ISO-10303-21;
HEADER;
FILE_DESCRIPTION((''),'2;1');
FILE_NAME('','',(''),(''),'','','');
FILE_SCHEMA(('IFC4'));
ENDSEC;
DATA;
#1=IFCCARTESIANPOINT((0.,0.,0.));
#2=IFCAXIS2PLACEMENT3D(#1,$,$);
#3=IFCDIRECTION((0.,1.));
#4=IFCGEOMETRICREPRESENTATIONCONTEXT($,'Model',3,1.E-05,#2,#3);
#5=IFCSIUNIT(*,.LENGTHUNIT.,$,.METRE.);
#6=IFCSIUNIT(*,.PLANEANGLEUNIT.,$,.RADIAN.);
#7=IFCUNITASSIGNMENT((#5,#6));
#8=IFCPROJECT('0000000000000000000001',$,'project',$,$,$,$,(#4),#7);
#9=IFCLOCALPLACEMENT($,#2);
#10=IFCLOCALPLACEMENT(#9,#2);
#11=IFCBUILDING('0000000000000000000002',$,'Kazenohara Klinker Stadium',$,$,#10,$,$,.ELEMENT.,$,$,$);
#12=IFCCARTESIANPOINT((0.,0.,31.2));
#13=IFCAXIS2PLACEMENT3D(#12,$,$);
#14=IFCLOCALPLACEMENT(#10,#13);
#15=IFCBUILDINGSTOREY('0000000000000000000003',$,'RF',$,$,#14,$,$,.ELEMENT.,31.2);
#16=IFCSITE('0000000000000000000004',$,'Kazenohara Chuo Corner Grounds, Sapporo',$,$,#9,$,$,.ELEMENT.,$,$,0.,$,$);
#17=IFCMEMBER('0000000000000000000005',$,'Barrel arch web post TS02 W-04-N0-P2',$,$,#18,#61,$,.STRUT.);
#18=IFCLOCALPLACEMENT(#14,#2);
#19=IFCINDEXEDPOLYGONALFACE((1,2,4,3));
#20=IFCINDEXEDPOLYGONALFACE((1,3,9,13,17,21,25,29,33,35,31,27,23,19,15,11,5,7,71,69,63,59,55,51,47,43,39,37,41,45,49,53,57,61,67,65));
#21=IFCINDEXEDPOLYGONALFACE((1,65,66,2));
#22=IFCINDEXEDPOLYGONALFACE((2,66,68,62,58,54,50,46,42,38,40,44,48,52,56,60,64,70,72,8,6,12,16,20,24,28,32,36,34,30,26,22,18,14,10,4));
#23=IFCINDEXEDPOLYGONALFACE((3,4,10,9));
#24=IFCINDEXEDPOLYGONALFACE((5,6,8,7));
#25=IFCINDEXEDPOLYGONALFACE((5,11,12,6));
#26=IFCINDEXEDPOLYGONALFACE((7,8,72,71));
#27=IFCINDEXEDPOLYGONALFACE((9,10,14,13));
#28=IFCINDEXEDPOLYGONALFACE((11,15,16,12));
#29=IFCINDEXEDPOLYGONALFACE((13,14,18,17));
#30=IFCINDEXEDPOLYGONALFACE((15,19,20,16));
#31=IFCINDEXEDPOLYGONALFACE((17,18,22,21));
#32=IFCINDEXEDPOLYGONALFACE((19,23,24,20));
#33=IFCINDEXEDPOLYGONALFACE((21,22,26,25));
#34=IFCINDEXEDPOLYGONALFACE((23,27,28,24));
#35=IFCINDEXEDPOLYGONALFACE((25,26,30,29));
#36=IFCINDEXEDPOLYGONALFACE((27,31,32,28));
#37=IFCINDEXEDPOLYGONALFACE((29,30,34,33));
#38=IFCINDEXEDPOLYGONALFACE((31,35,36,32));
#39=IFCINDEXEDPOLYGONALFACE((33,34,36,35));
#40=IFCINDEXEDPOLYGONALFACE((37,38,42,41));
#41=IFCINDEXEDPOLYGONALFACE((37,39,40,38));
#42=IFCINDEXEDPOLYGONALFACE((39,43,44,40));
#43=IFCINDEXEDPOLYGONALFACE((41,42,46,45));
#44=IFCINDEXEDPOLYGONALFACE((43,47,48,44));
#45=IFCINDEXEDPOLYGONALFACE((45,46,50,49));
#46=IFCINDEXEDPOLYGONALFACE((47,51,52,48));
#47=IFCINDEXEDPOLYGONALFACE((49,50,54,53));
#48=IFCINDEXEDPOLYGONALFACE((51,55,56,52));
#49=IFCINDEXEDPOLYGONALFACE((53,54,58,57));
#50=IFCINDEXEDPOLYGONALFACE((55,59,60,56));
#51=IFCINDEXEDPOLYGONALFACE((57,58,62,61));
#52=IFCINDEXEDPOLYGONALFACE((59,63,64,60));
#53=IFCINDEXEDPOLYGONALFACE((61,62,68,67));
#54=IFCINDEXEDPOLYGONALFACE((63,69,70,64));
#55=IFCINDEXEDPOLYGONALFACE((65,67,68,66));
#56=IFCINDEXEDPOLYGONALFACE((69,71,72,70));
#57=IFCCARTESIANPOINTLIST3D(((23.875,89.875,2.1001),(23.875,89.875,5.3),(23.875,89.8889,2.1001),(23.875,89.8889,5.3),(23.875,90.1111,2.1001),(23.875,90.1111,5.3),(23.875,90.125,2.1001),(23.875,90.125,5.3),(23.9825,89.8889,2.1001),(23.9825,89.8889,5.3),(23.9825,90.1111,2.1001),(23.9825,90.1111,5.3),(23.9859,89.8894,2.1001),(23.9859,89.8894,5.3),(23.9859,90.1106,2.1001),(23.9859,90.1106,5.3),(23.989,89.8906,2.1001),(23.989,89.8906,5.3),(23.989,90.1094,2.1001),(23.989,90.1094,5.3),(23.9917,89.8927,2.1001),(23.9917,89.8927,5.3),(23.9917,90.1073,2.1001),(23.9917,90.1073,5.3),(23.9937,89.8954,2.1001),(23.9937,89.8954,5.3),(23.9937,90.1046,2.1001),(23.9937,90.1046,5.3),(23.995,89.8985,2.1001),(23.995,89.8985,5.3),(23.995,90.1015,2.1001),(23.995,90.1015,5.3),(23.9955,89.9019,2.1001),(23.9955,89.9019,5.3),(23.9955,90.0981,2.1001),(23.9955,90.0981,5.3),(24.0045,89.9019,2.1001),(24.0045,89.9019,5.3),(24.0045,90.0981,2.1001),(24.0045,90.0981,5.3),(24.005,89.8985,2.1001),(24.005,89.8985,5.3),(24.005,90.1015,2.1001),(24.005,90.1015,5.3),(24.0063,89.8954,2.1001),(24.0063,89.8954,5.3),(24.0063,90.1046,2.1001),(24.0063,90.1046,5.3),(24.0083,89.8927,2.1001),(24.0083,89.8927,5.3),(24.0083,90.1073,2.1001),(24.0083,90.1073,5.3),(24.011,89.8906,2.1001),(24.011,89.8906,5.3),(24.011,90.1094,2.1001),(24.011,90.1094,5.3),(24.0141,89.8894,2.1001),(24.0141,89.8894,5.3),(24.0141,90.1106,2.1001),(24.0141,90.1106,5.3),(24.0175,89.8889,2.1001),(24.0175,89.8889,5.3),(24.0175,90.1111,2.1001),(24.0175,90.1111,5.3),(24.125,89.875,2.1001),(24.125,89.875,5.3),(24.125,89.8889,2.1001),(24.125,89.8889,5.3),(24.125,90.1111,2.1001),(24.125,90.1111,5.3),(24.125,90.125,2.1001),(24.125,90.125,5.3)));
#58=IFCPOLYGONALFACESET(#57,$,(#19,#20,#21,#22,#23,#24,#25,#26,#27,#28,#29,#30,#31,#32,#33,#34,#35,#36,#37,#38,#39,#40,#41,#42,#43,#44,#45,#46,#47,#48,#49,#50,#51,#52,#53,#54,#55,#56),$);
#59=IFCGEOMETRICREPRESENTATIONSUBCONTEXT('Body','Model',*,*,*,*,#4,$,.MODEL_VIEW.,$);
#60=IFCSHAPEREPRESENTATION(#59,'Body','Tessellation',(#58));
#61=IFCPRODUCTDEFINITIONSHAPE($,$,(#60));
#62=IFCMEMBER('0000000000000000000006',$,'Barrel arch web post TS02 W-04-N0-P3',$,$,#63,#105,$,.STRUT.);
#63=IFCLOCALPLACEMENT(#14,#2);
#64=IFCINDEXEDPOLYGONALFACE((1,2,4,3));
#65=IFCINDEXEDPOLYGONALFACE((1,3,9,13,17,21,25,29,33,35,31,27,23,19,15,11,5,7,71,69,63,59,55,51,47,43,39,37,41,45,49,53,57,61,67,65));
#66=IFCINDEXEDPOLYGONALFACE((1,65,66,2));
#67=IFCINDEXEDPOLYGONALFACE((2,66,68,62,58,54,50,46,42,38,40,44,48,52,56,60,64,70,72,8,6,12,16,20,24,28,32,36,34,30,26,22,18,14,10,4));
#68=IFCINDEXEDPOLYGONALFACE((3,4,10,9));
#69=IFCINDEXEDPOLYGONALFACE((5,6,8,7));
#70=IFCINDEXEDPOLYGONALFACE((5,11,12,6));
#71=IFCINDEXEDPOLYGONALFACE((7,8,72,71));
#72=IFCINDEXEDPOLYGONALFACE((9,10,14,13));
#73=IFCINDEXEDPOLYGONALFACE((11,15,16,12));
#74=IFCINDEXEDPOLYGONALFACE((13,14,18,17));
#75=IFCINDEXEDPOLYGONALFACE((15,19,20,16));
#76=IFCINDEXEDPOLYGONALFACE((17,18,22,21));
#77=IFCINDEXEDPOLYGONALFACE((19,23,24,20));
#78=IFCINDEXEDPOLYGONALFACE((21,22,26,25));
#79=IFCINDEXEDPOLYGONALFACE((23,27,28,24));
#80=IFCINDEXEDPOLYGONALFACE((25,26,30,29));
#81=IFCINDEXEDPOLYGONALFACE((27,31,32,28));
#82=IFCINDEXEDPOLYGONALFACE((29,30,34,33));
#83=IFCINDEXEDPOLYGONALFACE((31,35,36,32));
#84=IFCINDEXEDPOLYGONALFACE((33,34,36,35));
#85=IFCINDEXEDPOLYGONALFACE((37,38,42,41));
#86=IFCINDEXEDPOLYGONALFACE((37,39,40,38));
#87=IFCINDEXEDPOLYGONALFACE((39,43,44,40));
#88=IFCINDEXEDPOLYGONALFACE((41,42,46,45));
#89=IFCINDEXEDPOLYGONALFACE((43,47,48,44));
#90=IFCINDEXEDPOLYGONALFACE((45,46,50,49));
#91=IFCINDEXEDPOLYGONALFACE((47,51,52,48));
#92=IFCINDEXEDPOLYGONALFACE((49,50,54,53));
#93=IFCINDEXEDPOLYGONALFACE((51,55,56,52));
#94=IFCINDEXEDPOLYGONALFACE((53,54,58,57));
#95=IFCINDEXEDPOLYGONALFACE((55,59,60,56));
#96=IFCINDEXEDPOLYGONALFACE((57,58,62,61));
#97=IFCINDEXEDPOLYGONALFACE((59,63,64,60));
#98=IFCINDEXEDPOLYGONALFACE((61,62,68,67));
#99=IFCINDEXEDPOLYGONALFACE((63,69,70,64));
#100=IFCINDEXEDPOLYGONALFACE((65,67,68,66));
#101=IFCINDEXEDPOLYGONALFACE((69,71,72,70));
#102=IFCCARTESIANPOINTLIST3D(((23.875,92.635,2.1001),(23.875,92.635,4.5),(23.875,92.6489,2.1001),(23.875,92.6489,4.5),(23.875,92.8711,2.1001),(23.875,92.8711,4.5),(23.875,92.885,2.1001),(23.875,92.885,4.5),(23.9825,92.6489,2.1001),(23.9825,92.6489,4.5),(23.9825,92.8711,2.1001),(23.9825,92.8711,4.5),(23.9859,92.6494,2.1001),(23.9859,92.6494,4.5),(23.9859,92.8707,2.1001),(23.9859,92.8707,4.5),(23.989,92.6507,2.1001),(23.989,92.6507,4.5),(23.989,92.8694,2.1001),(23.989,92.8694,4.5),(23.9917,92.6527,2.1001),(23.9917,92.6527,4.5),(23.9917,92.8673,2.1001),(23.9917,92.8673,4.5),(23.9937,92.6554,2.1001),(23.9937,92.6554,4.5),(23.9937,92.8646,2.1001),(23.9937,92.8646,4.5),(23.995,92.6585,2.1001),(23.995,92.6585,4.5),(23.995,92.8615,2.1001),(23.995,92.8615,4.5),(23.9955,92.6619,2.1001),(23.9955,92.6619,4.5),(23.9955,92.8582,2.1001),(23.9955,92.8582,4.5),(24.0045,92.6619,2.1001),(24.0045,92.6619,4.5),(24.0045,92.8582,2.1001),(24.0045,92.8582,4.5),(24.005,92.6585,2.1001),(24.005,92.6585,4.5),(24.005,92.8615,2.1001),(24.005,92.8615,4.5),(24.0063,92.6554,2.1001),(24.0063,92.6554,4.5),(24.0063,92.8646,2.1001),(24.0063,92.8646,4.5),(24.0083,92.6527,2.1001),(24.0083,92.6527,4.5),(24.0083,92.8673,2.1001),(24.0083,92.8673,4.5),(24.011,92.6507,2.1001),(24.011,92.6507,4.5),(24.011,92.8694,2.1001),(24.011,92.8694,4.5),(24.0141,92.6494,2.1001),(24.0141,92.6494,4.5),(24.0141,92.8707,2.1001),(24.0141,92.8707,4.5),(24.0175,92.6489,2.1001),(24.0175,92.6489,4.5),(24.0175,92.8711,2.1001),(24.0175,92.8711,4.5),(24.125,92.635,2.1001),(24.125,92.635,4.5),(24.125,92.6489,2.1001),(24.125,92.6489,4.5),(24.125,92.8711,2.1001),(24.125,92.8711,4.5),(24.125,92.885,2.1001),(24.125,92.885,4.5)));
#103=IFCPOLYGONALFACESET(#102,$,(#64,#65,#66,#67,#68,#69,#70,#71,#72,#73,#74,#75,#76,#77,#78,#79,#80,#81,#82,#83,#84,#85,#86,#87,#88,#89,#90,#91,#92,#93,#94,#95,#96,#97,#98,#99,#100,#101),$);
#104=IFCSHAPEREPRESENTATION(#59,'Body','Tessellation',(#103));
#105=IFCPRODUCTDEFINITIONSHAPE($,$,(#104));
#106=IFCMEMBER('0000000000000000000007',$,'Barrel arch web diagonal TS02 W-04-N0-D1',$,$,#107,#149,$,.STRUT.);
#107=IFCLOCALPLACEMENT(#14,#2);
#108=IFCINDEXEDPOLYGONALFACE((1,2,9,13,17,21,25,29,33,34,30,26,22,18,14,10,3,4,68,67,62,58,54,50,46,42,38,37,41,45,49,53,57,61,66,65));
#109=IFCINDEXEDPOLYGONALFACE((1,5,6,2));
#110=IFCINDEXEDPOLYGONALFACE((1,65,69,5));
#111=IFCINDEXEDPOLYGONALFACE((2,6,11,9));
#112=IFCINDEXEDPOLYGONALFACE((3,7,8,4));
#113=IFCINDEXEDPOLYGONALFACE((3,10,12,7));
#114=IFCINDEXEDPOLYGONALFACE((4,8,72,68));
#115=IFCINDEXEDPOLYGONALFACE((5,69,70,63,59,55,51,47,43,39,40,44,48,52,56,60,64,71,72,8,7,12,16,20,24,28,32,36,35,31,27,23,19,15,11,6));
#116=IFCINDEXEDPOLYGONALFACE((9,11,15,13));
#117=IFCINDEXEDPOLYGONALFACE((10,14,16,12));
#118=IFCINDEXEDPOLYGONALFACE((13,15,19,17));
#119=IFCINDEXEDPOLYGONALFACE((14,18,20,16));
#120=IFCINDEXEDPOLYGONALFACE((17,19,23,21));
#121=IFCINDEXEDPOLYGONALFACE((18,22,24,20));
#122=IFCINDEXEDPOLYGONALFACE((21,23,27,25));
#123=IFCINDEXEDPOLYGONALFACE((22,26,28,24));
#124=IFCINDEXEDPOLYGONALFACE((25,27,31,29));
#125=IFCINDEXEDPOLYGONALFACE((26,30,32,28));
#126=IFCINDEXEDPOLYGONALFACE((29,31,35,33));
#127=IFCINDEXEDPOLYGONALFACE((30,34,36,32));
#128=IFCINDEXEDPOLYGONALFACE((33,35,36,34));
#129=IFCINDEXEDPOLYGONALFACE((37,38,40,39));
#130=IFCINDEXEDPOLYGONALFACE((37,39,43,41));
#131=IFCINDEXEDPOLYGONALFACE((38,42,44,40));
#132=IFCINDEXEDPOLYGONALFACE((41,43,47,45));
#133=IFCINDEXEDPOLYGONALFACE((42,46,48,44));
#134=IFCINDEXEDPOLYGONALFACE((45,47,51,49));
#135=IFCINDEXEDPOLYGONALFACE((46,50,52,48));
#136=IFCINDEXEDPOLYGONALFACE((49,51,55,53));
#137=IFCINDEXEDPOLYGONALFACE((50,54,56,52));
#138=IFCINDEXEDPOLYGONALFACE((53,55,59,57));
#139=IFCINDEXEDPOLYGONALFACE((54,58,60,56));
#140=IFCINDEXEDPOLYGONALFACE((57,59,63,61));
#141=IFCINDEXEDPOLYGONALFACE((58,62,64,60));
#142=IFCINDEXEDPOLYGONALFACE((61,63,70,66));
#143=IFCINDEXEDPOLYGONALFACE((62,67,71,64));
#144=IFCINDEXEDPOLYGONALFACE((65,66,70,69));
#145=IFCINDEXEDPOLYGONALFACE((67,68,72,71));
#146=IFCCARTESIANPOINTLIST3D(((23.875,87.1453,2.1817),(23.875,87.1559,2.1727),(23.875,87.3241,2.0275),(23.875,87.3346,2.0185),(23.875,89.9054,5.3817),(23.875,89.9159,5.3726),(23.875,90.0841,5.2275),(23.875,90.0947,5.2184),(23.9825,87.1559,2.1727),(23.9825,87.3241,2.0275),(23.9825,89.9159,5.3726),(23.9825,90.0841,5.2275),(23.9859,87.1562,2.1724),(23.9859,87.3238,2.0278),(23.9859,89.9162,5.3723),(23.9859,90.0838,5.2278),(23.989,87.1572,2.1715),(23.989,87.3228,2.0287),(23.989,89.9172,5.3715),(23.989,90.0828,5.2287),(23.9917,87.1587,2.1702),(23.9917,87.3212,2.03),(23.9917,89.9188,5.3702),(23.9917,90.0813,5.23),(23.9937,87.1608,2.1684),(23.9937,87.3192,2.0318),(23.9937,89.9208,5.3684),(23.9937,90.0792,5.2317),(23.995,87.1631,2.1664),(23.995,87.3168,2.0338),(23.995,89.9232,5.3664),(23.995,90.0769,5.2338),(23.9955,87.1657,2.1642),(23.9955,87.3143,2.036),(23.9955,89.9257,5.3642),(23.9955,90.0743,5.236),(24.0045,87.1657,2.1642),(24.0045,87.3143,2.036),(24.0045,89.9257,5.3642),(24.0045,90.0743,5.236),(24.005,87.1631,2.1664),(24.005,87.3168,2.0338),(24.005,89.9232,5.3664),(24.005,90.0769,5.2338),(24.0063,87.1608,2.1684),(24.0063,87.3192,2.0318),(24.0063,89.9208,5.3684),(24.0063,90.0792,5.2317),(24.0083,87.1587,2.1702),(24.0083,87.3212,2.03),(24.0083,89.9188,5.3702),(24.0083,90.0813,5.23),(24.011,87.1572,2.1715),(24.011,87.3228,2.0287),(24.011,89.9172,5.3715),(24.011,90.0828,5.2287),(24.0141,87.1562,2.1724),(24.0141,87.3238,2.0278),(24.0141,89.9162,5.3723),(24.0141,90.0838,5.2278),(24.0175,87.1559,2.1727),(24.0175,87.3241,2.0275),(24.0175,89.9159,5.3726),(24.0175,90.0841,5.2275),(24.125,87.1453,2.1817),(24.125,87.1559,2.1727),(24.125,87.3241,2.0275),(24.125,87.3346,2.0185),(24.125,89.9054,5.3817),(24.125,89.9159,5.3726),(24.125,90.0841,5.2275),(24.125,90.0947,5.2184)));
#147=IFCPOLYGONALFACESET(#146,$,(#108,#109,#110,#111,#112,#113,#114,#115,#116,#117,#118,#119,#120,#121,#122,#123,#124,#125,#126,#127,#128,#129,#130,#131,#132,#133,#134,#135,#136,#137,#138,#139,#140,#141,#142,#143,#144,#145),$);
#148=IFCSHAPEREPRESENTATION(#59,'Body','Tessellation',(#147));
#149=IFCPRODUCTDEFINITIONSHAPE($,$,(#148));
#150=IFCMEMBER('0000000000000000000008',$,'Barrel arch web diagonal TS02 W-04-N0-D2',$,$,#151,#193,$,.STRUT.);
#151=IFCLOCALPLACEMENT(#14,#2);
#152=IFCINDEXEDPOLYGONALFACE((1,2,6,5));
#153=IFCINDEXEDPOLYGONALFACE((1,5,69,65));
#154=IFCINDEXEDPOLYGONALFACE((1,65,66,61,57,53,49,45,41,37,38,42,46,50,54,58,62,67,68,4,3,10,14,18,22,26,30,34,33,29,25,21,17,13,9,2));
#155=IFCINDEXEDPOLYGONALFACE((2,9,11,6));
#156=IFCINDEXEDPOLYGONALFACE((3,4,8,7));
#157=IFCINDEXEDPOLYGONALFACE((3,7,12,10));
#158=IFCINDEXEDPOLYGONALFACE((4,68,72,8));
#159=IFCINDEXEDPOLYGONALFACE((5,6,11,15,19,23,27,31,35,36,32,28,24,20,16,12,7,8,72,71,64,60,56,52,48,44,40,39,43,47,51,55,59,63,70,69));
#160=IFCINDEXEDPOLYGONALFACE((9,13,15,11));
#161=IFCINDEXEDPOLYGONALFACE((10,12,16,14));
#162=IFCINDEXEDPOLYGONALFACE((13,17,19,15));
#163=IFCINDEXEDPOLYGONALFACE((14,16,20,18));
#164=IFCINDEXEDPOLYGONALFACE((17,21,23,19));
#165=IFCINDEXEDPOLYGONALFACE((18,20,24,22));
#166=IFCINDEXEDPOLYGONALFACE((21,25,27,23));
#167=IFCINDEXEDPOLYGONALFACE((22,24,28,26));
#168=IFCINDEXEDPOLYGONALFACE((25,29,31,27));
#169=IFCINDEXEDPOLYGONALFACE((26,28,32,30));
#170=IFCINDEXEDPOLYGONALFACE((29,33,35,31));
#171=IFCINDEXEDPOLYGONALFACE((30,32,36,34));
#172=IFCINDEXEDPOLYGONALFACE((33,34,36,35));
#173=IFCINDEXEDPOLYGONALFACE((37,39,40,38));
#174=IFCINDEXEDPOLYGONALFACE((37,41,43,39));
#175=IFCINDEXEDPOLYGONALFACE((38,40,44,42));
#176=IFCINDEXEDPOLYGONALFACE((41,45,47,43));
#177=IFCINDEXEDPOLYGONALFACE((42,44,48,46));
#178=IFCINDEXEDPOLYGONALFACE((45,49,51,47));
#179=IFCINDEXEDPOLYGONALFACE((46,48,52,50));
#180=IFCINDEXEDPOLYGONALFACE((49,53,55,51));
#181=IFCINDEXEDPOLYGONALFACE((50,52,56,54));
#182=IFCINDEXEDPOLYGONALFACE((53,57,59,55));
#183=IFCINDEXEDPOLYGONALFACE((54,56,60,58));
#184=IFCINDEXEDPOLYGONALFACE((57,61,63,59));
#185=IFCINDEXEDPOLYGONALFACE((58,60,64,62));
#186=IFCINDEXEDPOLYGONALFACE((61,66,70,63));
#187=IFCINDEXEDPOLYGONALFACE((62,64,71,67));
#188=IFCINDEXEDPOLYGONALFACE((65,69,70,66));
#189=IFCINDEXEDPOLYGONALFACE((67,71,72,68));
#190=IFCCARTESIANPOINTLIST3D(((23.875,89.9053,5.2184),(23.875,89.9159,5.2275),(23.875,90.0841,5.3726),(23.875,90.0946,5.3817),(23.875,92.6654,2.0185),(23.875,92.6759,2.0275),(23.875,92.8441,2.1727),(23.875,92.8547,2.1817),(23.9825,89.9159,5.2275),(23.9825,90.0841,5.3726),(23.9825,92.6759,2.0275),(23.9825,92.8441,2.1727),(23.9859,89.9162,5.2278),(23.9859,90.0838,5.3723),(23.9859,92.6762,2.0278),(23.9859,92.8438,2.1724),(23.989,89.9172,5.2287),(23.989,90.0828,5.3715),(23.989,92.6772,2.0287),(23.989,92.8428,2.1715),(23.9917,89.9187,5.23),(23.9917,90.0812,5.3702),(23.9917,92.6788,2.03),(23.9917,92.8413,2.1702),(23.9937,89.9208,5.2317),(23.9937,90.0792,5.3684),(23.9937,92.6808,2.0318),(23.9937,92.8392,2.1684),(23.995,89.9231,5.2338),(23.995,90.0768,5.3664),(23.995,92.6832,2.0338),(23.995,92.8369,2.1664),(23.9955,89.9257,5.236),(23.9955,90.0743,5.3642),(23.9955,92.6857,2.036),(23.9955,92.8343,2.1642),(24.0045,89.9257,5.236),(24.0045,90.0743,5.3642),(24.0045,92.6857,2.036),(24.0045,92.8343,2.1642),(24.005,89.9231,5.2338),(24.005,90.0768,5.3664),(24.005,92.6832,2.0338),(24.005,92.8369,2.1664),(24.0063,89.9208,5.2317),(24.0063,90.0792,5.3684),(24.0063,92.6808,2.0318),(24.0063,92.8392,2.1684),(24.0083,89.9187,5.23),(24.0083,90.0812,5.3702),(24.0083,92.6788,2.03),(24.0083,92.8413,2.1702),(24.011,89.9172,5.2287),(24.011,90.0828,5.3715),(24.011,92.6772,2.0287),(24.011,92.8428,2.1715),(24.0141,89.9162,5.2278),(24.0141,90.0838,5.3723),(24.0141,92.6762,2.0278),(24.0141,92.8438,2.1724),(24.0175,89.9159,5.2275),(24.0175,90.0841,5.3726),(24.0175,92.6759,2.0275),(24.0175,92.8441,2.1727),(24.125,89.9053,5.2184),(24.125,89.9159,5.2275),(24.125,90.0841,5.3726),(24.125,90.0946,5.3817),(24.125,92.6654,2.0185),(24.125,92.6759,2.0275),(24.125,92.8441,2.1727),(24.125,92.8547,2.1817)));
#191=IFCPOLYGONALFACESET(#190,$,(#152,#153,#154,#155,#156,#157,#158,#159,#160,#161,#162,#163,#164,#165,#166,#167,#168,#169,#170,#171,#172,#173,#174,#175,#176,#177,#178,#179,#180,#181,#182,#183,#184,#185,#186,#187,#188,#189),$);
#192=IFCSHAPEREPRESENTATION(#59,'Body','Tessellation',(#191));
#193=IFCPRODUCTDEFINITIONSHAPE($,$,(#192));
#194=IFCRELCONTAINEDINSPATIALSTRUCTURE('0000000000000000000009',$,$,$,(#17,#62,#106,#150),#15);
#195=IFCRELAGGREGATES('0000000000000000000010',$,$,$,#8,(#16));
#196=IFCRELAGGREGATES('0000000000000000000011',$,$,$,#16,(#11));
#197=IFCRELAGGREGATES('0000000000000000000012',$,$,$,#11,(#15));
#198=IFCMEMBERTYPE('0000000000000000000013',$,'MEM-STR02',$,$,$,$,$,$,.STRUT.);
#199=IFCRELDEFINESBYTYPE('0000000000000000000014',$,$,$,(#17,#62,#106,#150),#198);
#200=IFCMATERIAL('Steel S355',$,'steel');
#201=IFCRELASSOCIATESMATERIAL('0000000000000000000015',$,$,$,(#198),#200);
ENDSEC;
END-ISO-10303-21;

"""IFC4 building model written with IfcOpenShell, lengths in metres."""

from ifc_helpers import new_model, si_unit, direction, frame, origin, origin_2d, place, context, subcontext, project, spatial, i_section, extrude, material, material_profile, profile_set, type_object, element, save


model = new_model("IFC4")

# Units and contexts
model_context = context("Model", 3, precision=1e-05, world=origin(), true_north=direction((0.0, 1.0)))
body_context = subcontext(model_context, "Body", "Model", "MODEL_VIEW")
ifc_project = project(units=[si_unit("LENGTHUNIT", "METRE"), si_unit("PLANEANGLEUNIT", "RADIAN")], contexts=[model_context])

# Site, building, storey
site_placement = place(None, origin())
site = spatial("IfcSite", under=ifc_project, at=site_placement, Name="Kazenohara Chuo Corner Grounds, Sapporo", CompositionType="ELEMENT", RefElevation=0.0)
building_placement = place(site_placement, origin())
building = spatial("IfcBuilding", under=site, at=building_placement, Name="Kazenohara Klinker Stadium", CompositionType="ELEMENT")
storey_placement = place(building_placement, frame((0.0, 0.0, 31.2)))
storey = spatial("IfcBuildingStorey", under=building, at=storey_placement, Name="RF", CompositionType="ELEMENT", Elevation=31.2)

# Members
ifc_material_1 = material(Name="Steel S355", Category="steel")
ifc_material_profile_1 = material_profile(ifc_material_1, i_section(OverallWidth=0.25, OverallDepth=0.25, WebThickness=0.009, FlangeThickness=0.0139, FilletRadius=0.0129, at=origin_2d()), Name="H-250x250x9x14")
ifc_profile_set_1 = profile_set([ifc_material_profile_1], Name="Steel S355")
member_type_1 = type_object("IfcMemberType", Name="MEM-STR02", PredefinedType="STRUT", material=ifc_profile_set_1)
member_1_placement = place(storey_placement, frame((24.0, 90.0, 2.1001), z_axis=(0.0, 0.0, 1.0), x_axis=(1.0, 0.0, 0.0)))
element("IfcMember", 1, at=member_1_placement, inside=storey, type_object=member_type_1, Name="Barrel arch web post TS02 W-04-N0-P2", PredefinedType="STRUT", context=body_context, shape_type="SweptSolid", body=[
    extrude(i_section(OverallWidth=0.25, OverallDepth=0.25, WebThickness=0.009, FlangeThickness=0.0139, FilletRadius=0.0129, at=origin_2d()), origin(), (0.0, 0.0, 1.0), 3.2),
])
member_2_placement = place(storey_placement, frame((24.0, 92.76, 2.1001), z_axis=(0.0, 0.0, 1.0), x_axis=(1.0, 0.0, 0.0)))
element("IfcMember", 2, at=member_2_placement, inside=storey, type_object=member_type_1, Name="Barrel arch web post TS02 W-04-N0-P3", PredefinedType="STRUT", context=body_context, shape_type="SweptSolid", body=[
    extrude(i_section(OverallWidth=0.25, OverallDepth=0.25, WebThickness=0.009, FlangeThickness=0.0139, FilletRadius=0.0129, at=origin_2d()), origin(), (0.0, 0.0, 1.0), 2.3999),
])
for number, where, z_axis, x_axis, name in (
    (3, (24.0, 87.24, 2.1001), (0.0, 0.653134, 0.757242), (-1.0, 0.0, 0.0), "Barrel arch web diagonal TS02 W-04-N0-D1"),
    (4, (24.0, 92.76, 2.1001), (0.0, -0.653134, 0.757242), (1.0, 0.0, 0.0), "Barrel arch web diagonal TS02 W-04-N0-D2"),
):
    element("IfcMember", number, at=place(storey_placement, frame(where, z_axis=z_axis, x_axis=x_axis)), inside=storey, type_object=member_type_1, Name=name, PredefinedType="STRUT", context=body_context, shape_type="SweptSolid", body=[
        extrude(i_section(OverallWidth=0.25, OverallDepth=0.25, WebThickness=0.009, FlangeThickness=0.0139, FilletRadius=0.0129, at=origin_2d()), origin(), (0.0, 0.0, 1.0), 4.2258),
    ])

save(model, "model.ifc")
